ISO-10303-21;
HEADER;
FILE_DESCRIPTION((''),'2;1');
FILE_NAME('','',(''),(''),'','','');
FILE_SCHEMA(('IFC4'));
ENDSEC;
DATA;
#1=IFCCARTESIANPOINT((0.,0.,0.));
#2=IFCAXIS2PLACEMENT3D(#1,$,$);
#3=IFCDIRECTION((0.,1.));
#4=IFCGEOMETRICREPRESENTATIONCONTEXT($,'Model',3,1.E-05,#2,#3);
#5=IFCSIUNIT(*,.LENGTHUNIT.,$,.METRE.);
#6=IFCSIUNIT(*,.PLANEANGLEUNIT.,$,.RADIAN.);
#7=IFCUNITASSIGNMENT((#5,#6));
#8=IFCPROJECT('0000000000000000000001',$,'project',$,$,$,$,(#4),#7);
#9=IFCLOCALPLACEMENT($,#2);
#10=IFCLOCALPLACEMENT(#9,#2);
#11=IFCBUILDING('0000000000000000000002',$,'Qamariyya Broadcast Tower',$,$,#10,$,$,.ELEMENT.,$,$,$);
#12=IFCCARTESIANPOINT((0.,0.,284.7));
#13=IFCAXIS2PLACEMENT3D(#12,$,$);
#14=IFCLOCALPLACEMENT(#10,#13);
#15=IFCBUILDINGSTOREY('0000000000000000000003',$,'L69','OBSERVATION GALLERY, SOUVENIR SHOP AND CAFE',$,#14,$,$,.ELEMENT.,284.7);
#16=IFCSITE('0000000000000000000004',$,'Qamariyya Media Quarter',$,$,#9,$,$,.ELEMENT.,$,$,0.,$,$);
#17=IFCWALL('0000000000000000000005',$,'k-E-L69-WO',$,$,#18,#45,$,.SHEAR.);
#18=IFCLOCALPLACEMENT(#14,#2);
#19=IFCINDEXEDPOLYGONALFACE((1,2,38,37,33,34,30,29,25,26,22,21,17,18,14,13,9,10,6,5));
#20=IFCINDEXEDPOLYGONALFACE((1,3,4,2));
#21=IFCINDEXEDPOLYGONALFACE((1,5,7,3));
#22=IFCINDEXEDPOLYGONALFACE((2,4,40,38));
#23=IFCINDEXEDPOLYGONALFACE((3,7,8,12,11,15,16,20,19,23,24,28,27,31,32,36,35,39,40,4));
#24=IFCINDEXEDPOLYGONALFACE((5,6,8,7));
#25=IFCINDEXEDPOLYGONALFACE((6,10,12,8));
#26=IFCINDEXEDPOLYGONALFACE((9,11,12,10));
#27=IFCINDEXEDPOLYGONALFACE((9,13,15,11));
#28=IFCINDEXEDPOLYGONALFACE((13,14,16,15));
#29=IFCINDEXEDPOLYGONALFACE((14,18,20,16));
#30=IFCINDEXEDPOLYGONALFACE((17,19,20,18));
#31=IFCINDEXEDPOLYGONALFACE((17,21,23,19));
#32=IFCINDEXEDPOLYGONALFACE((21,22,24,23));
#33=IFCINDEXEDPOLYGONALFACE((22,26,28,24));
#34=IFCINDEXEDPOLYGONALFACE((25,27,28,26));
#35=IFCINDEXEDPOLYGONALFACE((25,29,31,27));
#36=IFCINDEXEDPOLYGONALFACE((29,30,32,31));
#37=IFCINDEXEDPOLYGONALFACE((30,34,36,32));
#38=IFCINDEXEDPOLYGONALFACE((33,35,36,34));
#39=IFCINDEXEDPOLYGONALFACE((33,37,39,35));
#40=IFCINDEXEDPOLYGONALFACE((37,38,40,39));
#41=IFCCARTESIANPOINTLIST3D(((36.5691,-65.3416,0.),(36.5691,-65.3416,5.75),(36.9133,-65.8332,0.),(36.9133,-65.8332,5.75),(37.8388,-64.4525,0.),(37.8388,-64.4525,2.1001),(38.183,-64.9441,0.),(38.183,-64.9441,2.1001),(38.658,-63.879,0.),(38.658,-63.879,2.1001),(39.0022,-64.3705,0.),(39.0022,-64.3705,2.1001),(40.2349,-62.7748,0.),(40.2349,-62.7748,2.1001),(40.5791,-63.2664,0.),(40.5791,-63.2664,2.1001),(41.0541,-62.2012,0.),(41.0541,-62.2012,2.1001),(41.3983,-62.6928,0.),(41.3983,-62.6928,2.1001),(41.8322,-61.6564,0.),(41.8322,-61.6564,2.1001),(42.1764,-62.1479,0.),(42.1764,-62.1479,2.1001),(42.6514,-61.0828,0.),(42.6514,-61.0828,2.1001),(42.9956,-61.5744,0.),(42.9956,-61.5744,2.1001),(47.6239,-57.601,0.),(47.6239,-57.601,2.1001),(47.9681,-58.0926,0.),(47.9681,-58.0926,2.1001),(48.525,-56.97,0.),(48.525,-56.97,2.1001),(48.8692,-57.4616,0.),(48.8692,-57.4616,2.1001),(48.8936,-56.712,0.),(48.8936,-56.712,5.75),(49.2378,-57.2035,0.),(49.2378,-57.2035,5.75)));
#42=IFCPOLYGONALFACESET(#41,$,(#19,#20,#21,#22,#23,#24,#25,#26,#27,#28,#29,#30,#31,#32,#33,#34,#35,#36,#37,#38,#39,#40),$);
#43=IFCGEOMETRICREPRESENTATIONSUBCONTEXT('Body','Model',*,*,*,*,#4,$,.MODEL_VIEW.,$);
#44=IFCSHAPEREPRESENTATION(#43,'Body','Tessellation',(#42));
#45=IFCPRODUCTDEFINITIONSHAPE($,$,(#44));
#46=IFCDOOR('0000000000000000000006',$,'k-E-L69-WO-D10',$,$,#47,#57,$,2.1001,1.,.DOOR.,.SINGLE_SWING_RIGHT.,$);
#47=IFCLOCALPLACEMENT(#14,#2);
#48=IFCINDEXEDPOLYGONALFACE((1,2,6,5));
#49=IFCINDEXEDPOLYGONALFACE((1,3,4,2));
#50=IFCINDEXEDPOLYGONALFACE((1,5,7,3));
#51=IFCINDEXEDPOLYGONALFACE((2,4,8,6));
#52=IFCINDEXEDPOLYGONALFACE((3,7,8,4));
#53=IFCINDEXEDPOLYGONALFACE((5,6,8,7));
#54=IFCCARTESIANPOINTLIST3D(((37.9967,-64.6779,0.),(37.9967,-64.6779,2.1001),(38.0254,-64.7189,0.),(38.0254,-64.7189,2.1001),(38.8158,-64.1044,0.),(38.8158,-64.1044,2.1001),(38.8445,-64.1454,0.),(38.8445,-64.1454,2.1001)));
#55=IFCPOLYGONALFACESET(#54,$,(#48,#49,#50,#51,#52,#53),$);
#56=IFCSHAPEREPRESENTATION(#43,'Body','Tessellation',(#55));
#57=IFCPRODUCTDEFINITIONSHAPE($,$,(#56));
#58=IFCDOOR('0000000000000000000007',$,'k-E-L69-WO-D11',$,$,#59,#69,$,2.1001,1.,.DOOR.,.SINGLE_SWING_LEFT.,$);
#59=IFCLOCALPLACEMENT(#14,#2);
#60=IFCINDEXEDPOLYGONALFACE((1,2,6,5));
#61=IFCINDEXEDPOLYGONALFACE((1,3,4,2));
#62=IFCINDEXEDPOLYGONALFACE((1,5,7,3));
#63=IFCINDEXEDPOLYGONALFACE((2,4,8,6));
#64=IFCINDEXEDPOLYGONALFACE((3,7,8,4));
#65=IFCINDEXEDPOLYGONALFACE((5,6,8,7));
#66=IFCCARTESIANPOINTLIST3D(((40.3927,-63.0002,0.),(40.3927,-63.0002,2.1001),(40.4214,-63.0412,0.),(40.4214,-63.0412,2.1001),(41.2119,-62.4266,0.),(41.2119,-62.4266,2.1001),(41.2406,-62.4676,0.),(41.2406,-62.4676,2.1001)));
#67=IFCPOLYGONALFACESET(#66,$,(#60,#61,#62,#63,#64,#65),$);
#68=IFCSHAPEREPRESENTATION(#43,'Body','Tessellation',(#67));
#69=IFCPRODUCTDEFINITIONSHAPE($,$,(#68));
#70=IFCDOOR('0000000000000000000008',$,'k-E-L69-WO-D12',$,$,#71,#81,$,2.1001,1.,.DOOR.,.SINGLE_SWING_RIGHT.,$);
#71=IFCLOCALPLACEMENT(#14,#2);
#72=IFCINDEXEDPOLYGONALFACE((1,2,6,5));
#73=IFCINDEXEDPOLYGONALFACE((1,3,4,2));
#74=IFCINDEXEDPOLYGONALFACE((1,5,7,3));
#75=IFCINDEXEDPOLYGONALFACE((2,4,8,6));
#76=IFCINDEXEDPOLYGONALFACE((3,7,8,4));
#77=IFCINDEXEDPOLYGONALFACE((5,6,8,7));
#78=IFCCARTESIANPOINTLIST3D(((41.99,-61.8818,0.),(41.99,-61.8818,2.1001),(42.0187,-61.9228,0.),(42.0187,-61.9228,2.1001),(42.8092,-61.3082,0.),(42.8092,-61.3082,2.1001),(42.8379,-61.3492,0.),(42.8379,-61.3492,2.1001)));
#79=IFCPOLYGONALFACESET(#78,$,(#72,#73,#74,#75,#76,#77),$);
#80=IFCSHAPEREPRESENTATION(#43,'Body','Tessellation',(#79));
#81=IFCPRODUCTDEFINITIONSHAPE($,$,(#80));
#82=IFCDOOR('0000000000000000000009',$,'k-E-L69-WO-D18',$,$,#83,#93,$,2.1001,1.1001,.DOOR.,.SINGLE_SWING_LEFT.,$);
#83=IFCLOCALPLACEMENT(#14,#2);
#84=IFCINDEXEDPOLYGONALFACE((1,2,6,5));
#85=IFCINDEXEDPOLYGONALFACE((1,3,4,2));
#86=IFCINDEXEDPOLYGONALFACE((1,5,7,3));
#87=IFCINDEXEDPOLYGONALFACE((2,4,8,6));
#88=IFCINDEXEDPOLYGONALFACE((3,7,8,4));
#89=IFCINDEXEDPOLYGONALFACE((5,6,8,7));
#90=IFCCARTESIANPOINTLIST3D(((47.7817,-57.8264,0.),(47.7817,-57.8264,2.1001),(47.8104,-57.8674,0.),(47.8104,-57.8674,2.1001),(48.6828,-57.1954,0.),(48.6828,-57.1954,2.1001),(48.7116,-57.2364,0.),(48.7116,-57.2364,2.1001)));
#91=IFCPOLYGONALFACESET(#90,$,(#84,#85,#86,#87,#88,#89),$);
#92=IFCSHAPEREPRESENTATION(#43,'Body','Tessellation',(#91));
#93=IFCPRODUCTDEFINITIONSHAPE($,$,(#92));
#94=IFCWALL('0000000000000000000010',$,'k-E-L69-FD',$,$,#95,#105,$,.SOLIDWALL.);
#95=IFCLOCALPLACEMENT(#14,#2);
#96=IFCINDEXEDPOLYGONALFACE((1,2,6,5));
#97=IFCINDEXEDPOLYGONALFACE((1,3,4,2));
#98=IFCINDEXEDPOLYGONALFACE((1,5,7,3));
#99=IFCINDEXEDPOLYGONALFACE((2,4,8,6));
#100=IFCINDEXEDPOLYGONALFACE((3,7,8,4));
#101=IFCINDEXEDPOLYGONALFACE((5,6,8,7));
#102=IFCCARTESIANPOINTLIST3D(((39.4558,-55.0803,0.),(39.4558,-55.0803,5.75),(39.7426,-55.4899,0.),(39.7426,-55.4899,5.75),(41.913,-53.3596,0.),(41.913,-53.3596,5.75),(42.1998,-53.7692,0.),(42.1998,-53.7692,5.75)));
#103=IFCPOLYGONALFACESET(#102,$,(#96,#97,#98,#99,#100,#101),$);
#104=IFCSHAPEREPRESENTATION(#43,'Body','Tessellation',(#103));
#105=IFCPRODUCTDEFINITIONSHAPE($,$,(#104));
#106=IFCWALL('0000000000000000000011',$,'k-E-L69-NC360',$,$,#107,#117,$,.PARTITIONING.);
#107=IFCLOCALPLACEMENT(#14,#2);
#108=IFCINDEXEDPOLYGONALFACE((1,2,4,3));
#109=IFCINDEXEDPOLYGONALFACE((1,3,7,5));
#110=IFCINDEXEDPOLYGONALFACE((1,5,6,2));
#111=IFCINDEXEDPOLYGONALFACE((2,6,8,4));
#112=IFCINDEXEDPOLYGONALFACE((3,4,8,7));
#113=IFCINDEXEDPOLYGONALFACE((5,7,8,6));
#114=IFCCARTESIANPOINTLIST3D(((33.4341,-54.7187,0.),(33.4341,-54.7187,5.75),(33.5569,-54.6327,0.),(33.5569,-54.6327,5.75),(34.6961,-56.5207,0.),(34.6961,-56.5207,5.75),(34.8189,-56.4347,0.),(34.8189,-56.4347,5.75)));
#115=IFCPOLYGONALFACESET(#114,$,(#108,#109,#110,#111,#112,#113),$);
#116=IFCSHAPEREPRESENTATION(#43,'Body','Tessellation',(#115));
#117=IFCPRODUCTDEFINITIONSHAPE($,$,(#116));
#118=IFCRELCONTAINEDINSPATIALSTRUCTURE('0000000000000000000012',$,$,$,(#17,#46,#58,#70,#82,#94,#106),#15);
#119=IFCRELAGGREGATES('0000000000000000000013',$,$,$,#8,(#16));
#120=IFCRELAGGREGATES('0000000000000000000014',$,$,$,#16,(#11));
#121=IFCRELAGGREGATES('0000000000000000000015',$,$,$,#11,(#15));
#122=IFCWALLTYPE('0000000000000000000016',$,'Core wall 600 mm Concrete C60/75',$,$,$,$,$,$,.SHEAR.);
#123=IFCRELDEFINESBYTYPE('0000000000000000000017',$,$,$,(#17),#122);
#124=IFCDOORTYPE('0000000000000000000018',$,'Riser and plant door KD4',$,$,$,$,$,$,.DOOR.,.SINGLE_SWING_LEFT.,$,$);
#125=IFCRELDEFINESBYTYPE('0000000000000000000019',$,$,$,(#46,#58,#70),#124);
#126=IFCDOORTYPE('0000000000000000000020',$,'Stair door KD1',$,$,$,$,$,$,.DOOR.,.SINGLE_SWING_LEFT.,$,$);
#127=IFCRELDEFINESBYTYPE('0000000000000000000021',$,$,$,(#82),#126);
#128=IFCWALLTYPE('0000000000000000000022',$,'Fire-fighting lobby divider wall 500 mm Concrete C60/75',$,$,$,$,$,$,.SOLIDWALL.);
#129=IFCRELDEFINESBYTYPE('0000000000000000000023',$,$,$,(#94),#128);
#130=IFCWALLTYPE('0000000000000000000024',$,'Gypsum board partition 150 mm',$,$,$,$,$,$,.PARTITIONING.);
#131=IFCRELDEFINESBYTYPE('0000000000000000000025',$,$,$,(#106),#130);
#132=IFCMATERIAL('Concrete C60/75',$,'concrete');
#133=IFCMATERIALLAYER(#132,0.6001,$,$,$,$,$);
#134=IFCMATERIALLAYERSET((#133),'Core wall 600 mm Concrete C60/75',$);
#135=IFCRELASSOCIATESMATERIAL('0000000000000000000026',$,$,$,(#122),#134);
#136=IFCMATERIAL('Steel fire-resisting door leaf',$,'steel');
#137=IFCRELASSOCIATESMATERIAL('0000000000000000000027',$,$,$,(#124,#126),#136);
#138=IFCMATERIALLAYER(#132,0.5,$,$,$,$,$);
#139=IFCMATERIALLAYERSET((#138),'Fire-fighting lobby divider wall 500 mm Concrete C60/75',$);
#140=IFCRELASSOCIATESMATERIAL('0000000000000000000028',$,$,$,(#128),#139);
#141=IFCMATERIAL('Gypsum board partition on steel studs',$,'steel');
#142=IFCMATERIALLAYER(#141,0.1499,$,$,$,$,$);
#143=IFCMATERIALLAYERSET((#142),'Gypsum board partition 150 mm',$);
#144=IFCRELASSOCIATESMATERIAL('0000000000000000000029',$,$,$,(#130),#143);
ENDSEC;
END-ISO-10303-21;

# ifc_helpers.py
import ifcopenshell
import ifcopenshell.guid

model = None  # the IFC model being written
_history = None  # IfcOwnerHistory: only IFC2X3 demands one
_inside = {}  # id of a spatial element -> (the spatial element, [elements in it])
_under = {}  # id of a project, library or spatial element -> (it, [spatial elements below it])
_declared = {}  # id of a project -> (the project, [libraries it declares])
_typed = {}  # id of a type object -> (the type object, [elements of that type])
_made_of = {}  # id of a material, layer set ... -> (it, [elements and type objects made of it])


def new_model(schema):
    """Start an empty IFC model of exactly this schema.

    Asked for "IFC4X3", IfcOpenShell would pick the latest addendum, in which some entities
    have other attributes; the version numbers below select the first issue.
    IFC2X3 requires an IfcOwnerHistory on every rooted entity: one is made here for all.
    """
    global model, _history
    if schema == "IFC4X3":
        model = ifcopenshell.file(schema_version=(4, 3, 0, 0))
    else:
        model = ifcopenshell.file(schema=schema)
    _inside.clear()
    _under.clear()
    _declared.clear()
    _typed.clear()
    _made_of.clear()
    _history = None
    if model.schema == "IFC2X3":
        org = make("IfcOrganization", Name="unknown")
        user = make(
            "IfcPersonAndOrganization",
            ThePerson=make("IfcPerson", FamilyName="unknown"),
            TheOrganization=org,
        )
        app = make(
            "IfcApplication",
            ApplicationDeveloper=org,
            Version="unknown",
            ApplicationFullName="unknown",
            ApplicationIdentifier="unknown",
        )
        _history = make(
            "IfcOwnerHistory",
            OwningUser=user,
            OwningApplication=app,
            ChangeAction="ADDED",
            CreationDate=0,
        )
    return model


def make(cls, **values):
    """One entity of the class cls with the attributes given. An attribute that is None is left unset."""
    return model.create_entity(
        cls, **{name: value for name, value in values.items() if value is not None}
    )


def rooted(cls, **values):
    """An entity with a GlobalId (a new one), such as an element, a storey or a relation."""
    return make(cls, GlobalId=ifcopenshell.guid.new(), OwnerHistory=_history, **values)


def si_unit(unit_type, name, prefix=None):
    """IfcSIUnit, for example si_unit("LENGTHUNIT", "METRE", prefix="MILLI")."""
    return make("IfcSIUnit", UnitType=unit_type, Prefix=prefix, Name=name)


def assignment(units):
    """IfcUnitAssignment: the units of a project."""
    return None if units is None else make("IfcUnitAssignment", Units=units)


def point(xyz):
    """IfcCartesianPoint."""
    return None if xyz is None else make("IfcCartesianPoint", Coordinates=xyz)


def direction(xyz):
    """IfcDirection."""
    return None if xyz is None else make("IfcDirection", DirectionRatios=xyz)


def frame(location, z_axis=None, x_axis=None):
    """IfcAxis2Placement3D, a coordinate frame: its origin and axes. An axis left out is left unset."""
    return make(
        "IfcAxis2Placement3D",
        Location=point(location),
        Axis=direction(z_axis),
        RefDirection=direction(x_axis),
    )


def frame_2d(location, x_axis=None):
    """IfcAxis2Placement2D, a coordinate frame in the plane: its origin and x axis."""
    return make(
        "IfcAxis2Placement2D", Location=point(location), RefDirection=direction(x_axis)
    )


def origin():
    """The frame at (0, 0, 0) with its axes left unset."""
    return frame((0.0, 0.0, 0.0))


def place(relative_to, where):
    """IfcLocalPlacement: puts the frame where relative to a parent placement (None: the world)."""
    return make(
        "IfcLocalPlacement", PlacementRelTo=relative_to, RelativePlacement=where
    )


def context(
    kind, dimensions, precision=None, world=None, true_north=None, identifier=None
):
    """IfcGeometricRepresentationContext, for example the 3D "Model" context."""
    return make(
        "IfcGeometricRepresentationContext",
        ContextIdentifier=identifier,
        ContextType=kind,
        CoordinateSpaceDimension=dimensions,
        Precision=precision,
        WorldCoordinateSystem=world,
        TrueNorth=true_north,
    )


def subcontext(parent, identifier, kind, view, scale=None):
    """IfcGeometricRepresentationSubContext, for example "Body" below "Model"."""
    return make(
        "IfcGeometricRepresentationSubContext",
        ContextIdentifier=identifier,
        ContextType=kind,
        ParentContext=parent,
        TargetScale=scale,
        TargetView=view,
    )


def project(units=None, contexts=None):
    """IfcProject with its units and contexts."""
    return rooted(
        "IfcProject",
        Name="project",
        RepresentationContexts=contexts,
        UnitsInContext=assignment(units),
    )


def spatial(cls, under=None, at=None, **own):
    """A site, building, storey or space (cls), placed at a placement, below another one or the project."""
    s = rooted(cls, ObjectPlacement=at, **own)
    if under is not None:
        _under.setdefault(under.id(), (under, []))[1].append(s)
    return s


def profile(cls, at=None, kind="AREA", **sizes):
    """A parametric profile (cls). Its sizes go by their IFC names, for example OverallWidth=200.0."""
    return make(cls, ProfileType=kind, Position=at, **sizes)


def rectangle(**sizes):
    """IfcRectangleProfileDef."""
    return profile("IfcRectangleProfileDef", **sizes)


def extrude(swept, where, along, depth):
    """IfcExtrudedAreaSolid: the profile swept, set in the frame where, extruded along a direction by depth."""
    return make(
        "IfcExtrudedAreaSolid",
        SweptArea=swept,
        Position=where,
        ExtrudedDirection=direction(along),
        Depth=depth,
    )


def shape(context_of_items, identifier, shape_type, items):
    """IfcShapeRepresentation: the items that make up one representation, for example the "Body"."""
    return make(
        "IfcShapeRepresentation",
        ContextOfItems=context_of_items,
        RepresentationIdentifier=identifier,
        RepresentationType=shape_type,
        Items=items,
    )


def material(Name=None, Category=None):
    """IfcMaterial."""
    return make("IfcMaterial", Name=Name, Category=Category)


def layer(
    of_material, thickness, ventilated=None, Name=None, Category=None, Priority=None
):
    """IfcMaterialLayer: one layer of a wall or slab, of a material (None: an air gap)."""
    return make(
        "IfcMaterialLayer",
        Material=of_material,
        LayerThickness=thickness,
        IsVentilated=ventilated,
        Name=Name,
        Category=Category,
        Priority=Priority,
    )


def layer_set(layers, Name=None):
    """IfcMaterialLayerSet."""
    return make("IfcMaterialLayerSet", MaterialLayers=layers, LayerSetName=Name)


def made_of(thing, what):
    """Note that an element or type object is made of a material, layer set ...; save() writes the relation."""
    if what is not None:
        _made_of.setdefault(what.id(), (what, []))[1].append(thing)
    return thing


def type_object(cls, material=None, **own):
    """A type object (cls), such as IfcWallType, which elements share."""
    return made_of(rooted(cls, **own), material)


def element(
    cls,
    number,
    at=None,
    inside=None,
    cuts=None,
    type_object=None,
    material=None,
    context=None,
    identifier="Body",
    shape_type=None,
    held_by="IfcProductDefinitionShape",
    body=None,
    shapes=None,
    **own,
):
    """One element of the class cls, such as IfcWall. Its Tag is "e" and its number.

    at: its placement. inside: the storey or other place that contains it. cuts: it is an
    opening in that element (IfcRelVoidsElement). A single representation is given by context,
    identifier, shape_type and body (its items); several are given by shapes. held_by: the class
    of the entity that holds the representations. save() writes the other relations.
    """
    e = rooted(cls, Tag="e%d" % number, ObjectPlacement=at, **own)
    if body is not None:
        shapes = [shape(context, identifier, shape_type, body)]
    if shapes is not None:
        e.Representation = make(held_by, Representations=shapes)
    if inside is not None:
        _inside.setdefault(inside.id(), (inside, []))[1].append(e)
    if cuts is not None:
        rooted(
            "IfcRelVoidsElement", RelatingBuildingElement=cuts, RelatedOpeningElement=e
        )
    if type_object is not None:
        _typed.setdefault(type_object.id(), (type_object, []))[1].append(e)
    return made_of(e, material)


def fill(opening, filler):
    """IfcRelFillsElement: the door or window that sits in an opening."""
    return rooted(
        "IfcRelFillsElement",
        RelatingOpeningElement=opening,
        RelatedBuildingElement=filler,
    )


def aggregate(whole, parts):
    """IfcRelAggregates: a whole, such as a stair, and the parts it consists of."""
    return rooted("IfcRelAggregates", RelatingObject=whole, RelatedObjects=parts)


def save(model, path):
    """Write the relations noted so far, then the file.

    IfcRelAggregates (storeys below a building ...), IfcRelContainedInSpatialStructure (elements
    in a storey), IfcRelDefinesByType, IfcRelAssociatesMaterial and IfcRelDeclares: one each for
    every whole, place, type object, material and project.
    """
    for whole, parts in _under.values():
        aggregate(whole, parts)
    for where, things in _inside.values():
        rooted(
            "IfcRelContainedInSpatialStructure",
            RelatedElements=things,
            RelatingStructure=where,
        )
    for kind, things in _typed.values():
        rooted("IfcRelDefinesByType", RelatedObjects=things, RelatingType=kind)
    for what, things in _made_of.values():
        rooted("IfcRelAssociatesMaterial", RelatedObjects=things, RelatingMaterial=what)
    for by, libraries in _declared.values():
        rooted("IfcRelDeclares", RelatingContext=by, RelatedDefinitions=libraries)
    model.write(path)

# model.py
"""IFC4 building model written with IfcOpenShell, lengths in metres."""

from ifc_helpers import new_model, si_unit, direction, frame, frame_2d, origin, place, context, subcontext, project, spatial, rectangle, extrude, material, layer, layer_set, type_object, element, fill, save


model = new_model("IFC4")

# Units and contexts
model_context = context("Model", 3, precision=1e-05, world=origin(), true_north=direction((0.0, 1.0)))
body_context = subcontext(model_context, "Body", "Model", "MODEL_VIEW")
ifc_project = project(units=[si_unit("LENGTHUNIT", "METRE"), si_unit("PLANEANGLEUNIT", "RADIAN")], contexts=[model_context])

# Site, building, storey
site_placement = place(None, origin())
site = spatial("IfcSite", under=ifc_project, at=site_placement, Name="Qamariyya Media Quarter", CompositionType="ELEMENT", RefElevation=0.0)
building_placement = place(site_placement, origin())
building = spatial("IfcBuilding", under=site, at=building_placement, Name="Qamariyya Broadcast Tower", CompositionType="ELEMENT")
storey_placement = place(building_placement, frame((0.0, 0.0, 284.7)))
storey = spatial("IfcBuildingStorey", under=building, at=storey_placement, Name="L69", Description="OBSERVATION GALLERY, SOUVENIR SHOP AND CAFE", CompositionType="ELEMENT", Elevation=284.7)

# Shared definitions
ifc_material_1 = material(Name="Concrete C60/75", Category="concrete")
ifc_layer_1 = layer(ifc_material_1, 0.6001)
ifc_layer_set_1 = layer_set([ifc_layer_1], Name="Core wall 600 mm Concrete C60/75")
wall_type_1 = type_object("IfcWallType", Name="Core wall 600 mm Concrete C60/75", PredefinedType="SHEAR", material=ifc_layer_set_1)
ifc_material_2 = material(Name="Steel fire-resisting door leaf", Category="steel")

# Wall, openings, doors
wall_1_placement = place(storey_placement, frame((36.7412, -65.5874, 0.0), z_axis=(0.0, 0.0, 1.0), x_axis=(0.819153, 0.573575, 0.0)))
wall_1 = element("IfcWall", 1, at=wall_1_placement, inside=storey, type_object=wall_type_1, Name="k-E-L69-WO", PredefinedType="SHEAR", context=body_context, shape_type="SweptSolid", body=[
    extrude(rectangle(XDim=15.0454, YDim=0.6001, at=frame_2d((7.5227, 0.0))), origin(), (0.0, 0.0, 1.0), 5.75),
])
opening_1_placement = place(wall_1_placement, frame((1.55, 0.0, 0.0)))
opening_1 = element("IfcOpeningElement", 2, at=opening_1_placement, cuts=wall_1, PredefinedType="OPENING", context=body_context, shape_type="SweptSolid", body=[
    extrude(rectangle(XDim=1.0, YDim=2.1001, at=frame_2d((0.5, 1.05))), frame((0.0, 0.3101, 0.0), z_axis=(0.0, -1.0, 0.0), x_axis=(1.0, 0.0, 0.0)), (0.0, 0.0, 1.0), 0.6201),
])
opening_2_placement = place(wall_1_placement, frame((4.4751, 0.0, 0.0)))
opening_2 = element("IfcOpeningElement", 3, at=opening_2_placement, cuts=wall_1, PredefinedType="OPENING", context=body_context, shape_type="SweptSolid", body=[
    extrude(rectangle(XDim=1.0, YDim=2.1001, at=frame_2d((0.5, 1.05))), frame((0.0, 0.3101, 0.0), z_axis=(0.0, -1.0, 0.0), x_axis=(1.0, 0.0, 0.0)), (0.0, 0.0, 1.0), 0.6201),
])
opening_3_placement = place(wall_1_placement, frame((6.425, 0.0, 0.0)))
opening_3 = element("IfcOpeningElement", 4, at=opening_3_placement, cuts=wall_1, PredefinedType="OPENING", context=body_context, shape_type="SweptSolid", body=[
    extrude(rectangle(XDim=1.0, YDim=2.1001, at=frame_2d((0.5, 1.05))), frame((0.0, 0.3101, 0.0), z_axis=(0.0, -1.0, 0.0), x_axis=(1.0, 0.0, 0.0)), (0.0, 0.0, 1.0), 0.6201),
])
opening_4_placement = place(wall_1_placement, frame((13.4954, 0.0, 0.0)))
opening_4 = element("IfcOpeningElement", 5, at=opening_4_placement, cuts=wall_1, PredefinedType="OPENING", context=body_context, shape_type="SweptSolid", body=[
    extrude(rectangle(XDim=1.1001, YDim=2.1001, at=frame_2d((0.55, 1.05))), frame((0.0, 0.3101, 0.0), z_axis=(0.0, -1.0, 0.0), x_axis=(1.0, 0.0, 0.0)), (0.0, 0.0, 1.0), 0.6201),
])
door_type_1 = type_object("IfcDoorType", Name="Riser and plant door KD4", OperationType="SINGLE_SWING_LEFT", PredefinedType="DOOR", material=ifc_material_2)
door_1_placement = place(opening_1_placement, origin())
door_1 = element("IfcDoor", 6, at=door_1_placement, inside=storey, type_object=door_type_1, Name="k-E-L69-WO-D10", OperationType="SINGLE_SWING_RIGHT", OverallHeight=2.1001, OverallWidth=1.0, PredefinedType="DOOR", context=body_context, shape_type="SweptSolid", body=[
    extrude(rectangle(XDim=1.0, YDim=2.1001, at=frame_2d((0.5, 1.05))), frame((0.0, 0.0249, 0.0), z_axis=(0.0, -1.0, 0.0), x_axis=(1.0, 0.0, 0.0)), (0.0, 0.0, 1.0), 0.05),
])
fill(opening_1, door_1)
door_2_placement = place(opening_2_placement, origin())
door_2 = element("IfcDoor", 7, at=door_2_placement, inside=storey, type_object=door_type_1, Name="k-E-L69-WO-D11", OperationType="SINGLE_SWING_LEFT", OverallHeight=2.1001, OverallWidth=1.0, PredefinedType="DOOR", context=body_context, shape_type="SweptSolid", body=[
    extrude(rectangle(XDim=1.0, YDim=2.1001, at=frame_2d((0.5, 1.05))), frame((0.0, 0.0249, 0.0), z_axis=(0.0, -1.0, 0.0), x_axis=(1.0, 0.0, 0.0)), (0.0, 0.0, 1.0), 0.05),
])
fill(opening_2, door_2)
door_3_placement = place(opening_3_placement, origin())
door_3 = element("IfcDoor", 8, at=door_3_placement, inside=storey, type_object=door_type_1, Name="k-E-L69-WO-D12", OperationType="SINGLE_SWING_RIGHT", OverallHeight=2.1001, OverallWidth=1.0, PredefinedType="DOOR", context=body_context, shape_type="SweptSolid", body=[
    extrude(rectangle(XDim=1.0, YDim=2.1001, at=frame_2d((0.5, 1.05))), frame((0.0, 0.0249, 0.0), z_axis=(0.0, -1.0, 0.0), x_axis=(1.0, 0.0, 0.0)), (0.0, 0.0, 1.0), 0.05),
])
fill(opening_3, door_3)
door_type_2 = type_object("IfcDoorType", Name="Stair door KD1", OperationType="SINGLE_SWING_LEFT", PredefinedType="DOOR", material=ifc_material_2)
door_4_placement = place(opening_4_placement, origin())
door_4 = element("IfcDoor", 9, at=door_4_placement, inside=storey, type_object=door_type_2, Name="k-E-L69-WO-D18", OperationType="SINGLE_SWING_LEFT", OverallHeight=2.1001, OverallWidth=1.1001, PredefinedType="DOOR", context=body_context, shape_type="SweptSolid", body=[
    extrude(rectangle(XDim=1.1001, YDim=2.1001, at=frame_2d((0.55, 1.05))), frame((0.0, 0.0249, 0.0), z_axis=(0.0, -1.0, 0.0), x_axis=(1.0, 0.0, 0.0)), (0.0, 0.0, 1.0), 0.05),
])
fill(opening_4, door_4)

# Walls
ifc_layer_2 = layer(ifc_material_1, 0.5)
ifc_layer_set_2 = layer_set([ifc_layer_2], Name="Fire-fighting lobby divider wall 500 mm Concrete C60/75")
wall_type_2 = type_object("IfcWallType", Name="Fire-fighting lobby divider wall 500 mm Concrete C60/75", PredefinedType="SOLIDWALL", material=ifc_layer_set_2)
wall_2_placement = place(storey_placement, frame((39.5991, -55.2852, 0.0), z_axis=(0.0, 0.0, 1.0), x_axis=(0.819136, 0.573599, 0.0)))
element("IfcWall", 10, at=wall_2_placement, inside=storey, type_object=wall_type_2, Name="k-E-L69-FD", PredefinedType="SOLIDWALL", context=body_context, shape_type="SweptSolid", body=[
    extrude(rectangle(XDim=2.9998, YDim=0.5, at=frame_2d((1.5, 0.0))), origin(), (0.0, 0.0, 1.0), 5.75),
])
ifc_material_3 = material(Name="Gypsum board partition on steel studs", Category="steel")
ifc_layer_3 = layer(ifc_material_3, 0.1499)
ifc_layer_set_3 = layer_set([ifc_layer_3], Name="Gypsum board partition 150 mm")
wall_type_3 = type_object("IfcWallType", Name="Gypsum board partition 150 mm", PredefinedType="PARTITIONING", material=ifc_layer_set_3)
wall_3_placement = place(storey_placement, frame((34.7576, -56.4778, 0.0), z_axis=(0.0, 0.0, 1.0), x_axis=(-0.573634, 0.819112, 0.0)))
element("IfcWall", 11, at=wall_3_placement, inside=storey, type_object=wall_type_3, Name="k-E-L69-NC360", PredefinedType="PARTITIONING", context=body_context, shape_type="SweptSolid", body=[
    extrude(rectangle(XDim=2.2, YDim=0.1499, at=frame_2d((1.1001, 0.0))), origin(), (0.0, 0.0, 1.0), 5.75),
])

save(model, "model.ifc")
